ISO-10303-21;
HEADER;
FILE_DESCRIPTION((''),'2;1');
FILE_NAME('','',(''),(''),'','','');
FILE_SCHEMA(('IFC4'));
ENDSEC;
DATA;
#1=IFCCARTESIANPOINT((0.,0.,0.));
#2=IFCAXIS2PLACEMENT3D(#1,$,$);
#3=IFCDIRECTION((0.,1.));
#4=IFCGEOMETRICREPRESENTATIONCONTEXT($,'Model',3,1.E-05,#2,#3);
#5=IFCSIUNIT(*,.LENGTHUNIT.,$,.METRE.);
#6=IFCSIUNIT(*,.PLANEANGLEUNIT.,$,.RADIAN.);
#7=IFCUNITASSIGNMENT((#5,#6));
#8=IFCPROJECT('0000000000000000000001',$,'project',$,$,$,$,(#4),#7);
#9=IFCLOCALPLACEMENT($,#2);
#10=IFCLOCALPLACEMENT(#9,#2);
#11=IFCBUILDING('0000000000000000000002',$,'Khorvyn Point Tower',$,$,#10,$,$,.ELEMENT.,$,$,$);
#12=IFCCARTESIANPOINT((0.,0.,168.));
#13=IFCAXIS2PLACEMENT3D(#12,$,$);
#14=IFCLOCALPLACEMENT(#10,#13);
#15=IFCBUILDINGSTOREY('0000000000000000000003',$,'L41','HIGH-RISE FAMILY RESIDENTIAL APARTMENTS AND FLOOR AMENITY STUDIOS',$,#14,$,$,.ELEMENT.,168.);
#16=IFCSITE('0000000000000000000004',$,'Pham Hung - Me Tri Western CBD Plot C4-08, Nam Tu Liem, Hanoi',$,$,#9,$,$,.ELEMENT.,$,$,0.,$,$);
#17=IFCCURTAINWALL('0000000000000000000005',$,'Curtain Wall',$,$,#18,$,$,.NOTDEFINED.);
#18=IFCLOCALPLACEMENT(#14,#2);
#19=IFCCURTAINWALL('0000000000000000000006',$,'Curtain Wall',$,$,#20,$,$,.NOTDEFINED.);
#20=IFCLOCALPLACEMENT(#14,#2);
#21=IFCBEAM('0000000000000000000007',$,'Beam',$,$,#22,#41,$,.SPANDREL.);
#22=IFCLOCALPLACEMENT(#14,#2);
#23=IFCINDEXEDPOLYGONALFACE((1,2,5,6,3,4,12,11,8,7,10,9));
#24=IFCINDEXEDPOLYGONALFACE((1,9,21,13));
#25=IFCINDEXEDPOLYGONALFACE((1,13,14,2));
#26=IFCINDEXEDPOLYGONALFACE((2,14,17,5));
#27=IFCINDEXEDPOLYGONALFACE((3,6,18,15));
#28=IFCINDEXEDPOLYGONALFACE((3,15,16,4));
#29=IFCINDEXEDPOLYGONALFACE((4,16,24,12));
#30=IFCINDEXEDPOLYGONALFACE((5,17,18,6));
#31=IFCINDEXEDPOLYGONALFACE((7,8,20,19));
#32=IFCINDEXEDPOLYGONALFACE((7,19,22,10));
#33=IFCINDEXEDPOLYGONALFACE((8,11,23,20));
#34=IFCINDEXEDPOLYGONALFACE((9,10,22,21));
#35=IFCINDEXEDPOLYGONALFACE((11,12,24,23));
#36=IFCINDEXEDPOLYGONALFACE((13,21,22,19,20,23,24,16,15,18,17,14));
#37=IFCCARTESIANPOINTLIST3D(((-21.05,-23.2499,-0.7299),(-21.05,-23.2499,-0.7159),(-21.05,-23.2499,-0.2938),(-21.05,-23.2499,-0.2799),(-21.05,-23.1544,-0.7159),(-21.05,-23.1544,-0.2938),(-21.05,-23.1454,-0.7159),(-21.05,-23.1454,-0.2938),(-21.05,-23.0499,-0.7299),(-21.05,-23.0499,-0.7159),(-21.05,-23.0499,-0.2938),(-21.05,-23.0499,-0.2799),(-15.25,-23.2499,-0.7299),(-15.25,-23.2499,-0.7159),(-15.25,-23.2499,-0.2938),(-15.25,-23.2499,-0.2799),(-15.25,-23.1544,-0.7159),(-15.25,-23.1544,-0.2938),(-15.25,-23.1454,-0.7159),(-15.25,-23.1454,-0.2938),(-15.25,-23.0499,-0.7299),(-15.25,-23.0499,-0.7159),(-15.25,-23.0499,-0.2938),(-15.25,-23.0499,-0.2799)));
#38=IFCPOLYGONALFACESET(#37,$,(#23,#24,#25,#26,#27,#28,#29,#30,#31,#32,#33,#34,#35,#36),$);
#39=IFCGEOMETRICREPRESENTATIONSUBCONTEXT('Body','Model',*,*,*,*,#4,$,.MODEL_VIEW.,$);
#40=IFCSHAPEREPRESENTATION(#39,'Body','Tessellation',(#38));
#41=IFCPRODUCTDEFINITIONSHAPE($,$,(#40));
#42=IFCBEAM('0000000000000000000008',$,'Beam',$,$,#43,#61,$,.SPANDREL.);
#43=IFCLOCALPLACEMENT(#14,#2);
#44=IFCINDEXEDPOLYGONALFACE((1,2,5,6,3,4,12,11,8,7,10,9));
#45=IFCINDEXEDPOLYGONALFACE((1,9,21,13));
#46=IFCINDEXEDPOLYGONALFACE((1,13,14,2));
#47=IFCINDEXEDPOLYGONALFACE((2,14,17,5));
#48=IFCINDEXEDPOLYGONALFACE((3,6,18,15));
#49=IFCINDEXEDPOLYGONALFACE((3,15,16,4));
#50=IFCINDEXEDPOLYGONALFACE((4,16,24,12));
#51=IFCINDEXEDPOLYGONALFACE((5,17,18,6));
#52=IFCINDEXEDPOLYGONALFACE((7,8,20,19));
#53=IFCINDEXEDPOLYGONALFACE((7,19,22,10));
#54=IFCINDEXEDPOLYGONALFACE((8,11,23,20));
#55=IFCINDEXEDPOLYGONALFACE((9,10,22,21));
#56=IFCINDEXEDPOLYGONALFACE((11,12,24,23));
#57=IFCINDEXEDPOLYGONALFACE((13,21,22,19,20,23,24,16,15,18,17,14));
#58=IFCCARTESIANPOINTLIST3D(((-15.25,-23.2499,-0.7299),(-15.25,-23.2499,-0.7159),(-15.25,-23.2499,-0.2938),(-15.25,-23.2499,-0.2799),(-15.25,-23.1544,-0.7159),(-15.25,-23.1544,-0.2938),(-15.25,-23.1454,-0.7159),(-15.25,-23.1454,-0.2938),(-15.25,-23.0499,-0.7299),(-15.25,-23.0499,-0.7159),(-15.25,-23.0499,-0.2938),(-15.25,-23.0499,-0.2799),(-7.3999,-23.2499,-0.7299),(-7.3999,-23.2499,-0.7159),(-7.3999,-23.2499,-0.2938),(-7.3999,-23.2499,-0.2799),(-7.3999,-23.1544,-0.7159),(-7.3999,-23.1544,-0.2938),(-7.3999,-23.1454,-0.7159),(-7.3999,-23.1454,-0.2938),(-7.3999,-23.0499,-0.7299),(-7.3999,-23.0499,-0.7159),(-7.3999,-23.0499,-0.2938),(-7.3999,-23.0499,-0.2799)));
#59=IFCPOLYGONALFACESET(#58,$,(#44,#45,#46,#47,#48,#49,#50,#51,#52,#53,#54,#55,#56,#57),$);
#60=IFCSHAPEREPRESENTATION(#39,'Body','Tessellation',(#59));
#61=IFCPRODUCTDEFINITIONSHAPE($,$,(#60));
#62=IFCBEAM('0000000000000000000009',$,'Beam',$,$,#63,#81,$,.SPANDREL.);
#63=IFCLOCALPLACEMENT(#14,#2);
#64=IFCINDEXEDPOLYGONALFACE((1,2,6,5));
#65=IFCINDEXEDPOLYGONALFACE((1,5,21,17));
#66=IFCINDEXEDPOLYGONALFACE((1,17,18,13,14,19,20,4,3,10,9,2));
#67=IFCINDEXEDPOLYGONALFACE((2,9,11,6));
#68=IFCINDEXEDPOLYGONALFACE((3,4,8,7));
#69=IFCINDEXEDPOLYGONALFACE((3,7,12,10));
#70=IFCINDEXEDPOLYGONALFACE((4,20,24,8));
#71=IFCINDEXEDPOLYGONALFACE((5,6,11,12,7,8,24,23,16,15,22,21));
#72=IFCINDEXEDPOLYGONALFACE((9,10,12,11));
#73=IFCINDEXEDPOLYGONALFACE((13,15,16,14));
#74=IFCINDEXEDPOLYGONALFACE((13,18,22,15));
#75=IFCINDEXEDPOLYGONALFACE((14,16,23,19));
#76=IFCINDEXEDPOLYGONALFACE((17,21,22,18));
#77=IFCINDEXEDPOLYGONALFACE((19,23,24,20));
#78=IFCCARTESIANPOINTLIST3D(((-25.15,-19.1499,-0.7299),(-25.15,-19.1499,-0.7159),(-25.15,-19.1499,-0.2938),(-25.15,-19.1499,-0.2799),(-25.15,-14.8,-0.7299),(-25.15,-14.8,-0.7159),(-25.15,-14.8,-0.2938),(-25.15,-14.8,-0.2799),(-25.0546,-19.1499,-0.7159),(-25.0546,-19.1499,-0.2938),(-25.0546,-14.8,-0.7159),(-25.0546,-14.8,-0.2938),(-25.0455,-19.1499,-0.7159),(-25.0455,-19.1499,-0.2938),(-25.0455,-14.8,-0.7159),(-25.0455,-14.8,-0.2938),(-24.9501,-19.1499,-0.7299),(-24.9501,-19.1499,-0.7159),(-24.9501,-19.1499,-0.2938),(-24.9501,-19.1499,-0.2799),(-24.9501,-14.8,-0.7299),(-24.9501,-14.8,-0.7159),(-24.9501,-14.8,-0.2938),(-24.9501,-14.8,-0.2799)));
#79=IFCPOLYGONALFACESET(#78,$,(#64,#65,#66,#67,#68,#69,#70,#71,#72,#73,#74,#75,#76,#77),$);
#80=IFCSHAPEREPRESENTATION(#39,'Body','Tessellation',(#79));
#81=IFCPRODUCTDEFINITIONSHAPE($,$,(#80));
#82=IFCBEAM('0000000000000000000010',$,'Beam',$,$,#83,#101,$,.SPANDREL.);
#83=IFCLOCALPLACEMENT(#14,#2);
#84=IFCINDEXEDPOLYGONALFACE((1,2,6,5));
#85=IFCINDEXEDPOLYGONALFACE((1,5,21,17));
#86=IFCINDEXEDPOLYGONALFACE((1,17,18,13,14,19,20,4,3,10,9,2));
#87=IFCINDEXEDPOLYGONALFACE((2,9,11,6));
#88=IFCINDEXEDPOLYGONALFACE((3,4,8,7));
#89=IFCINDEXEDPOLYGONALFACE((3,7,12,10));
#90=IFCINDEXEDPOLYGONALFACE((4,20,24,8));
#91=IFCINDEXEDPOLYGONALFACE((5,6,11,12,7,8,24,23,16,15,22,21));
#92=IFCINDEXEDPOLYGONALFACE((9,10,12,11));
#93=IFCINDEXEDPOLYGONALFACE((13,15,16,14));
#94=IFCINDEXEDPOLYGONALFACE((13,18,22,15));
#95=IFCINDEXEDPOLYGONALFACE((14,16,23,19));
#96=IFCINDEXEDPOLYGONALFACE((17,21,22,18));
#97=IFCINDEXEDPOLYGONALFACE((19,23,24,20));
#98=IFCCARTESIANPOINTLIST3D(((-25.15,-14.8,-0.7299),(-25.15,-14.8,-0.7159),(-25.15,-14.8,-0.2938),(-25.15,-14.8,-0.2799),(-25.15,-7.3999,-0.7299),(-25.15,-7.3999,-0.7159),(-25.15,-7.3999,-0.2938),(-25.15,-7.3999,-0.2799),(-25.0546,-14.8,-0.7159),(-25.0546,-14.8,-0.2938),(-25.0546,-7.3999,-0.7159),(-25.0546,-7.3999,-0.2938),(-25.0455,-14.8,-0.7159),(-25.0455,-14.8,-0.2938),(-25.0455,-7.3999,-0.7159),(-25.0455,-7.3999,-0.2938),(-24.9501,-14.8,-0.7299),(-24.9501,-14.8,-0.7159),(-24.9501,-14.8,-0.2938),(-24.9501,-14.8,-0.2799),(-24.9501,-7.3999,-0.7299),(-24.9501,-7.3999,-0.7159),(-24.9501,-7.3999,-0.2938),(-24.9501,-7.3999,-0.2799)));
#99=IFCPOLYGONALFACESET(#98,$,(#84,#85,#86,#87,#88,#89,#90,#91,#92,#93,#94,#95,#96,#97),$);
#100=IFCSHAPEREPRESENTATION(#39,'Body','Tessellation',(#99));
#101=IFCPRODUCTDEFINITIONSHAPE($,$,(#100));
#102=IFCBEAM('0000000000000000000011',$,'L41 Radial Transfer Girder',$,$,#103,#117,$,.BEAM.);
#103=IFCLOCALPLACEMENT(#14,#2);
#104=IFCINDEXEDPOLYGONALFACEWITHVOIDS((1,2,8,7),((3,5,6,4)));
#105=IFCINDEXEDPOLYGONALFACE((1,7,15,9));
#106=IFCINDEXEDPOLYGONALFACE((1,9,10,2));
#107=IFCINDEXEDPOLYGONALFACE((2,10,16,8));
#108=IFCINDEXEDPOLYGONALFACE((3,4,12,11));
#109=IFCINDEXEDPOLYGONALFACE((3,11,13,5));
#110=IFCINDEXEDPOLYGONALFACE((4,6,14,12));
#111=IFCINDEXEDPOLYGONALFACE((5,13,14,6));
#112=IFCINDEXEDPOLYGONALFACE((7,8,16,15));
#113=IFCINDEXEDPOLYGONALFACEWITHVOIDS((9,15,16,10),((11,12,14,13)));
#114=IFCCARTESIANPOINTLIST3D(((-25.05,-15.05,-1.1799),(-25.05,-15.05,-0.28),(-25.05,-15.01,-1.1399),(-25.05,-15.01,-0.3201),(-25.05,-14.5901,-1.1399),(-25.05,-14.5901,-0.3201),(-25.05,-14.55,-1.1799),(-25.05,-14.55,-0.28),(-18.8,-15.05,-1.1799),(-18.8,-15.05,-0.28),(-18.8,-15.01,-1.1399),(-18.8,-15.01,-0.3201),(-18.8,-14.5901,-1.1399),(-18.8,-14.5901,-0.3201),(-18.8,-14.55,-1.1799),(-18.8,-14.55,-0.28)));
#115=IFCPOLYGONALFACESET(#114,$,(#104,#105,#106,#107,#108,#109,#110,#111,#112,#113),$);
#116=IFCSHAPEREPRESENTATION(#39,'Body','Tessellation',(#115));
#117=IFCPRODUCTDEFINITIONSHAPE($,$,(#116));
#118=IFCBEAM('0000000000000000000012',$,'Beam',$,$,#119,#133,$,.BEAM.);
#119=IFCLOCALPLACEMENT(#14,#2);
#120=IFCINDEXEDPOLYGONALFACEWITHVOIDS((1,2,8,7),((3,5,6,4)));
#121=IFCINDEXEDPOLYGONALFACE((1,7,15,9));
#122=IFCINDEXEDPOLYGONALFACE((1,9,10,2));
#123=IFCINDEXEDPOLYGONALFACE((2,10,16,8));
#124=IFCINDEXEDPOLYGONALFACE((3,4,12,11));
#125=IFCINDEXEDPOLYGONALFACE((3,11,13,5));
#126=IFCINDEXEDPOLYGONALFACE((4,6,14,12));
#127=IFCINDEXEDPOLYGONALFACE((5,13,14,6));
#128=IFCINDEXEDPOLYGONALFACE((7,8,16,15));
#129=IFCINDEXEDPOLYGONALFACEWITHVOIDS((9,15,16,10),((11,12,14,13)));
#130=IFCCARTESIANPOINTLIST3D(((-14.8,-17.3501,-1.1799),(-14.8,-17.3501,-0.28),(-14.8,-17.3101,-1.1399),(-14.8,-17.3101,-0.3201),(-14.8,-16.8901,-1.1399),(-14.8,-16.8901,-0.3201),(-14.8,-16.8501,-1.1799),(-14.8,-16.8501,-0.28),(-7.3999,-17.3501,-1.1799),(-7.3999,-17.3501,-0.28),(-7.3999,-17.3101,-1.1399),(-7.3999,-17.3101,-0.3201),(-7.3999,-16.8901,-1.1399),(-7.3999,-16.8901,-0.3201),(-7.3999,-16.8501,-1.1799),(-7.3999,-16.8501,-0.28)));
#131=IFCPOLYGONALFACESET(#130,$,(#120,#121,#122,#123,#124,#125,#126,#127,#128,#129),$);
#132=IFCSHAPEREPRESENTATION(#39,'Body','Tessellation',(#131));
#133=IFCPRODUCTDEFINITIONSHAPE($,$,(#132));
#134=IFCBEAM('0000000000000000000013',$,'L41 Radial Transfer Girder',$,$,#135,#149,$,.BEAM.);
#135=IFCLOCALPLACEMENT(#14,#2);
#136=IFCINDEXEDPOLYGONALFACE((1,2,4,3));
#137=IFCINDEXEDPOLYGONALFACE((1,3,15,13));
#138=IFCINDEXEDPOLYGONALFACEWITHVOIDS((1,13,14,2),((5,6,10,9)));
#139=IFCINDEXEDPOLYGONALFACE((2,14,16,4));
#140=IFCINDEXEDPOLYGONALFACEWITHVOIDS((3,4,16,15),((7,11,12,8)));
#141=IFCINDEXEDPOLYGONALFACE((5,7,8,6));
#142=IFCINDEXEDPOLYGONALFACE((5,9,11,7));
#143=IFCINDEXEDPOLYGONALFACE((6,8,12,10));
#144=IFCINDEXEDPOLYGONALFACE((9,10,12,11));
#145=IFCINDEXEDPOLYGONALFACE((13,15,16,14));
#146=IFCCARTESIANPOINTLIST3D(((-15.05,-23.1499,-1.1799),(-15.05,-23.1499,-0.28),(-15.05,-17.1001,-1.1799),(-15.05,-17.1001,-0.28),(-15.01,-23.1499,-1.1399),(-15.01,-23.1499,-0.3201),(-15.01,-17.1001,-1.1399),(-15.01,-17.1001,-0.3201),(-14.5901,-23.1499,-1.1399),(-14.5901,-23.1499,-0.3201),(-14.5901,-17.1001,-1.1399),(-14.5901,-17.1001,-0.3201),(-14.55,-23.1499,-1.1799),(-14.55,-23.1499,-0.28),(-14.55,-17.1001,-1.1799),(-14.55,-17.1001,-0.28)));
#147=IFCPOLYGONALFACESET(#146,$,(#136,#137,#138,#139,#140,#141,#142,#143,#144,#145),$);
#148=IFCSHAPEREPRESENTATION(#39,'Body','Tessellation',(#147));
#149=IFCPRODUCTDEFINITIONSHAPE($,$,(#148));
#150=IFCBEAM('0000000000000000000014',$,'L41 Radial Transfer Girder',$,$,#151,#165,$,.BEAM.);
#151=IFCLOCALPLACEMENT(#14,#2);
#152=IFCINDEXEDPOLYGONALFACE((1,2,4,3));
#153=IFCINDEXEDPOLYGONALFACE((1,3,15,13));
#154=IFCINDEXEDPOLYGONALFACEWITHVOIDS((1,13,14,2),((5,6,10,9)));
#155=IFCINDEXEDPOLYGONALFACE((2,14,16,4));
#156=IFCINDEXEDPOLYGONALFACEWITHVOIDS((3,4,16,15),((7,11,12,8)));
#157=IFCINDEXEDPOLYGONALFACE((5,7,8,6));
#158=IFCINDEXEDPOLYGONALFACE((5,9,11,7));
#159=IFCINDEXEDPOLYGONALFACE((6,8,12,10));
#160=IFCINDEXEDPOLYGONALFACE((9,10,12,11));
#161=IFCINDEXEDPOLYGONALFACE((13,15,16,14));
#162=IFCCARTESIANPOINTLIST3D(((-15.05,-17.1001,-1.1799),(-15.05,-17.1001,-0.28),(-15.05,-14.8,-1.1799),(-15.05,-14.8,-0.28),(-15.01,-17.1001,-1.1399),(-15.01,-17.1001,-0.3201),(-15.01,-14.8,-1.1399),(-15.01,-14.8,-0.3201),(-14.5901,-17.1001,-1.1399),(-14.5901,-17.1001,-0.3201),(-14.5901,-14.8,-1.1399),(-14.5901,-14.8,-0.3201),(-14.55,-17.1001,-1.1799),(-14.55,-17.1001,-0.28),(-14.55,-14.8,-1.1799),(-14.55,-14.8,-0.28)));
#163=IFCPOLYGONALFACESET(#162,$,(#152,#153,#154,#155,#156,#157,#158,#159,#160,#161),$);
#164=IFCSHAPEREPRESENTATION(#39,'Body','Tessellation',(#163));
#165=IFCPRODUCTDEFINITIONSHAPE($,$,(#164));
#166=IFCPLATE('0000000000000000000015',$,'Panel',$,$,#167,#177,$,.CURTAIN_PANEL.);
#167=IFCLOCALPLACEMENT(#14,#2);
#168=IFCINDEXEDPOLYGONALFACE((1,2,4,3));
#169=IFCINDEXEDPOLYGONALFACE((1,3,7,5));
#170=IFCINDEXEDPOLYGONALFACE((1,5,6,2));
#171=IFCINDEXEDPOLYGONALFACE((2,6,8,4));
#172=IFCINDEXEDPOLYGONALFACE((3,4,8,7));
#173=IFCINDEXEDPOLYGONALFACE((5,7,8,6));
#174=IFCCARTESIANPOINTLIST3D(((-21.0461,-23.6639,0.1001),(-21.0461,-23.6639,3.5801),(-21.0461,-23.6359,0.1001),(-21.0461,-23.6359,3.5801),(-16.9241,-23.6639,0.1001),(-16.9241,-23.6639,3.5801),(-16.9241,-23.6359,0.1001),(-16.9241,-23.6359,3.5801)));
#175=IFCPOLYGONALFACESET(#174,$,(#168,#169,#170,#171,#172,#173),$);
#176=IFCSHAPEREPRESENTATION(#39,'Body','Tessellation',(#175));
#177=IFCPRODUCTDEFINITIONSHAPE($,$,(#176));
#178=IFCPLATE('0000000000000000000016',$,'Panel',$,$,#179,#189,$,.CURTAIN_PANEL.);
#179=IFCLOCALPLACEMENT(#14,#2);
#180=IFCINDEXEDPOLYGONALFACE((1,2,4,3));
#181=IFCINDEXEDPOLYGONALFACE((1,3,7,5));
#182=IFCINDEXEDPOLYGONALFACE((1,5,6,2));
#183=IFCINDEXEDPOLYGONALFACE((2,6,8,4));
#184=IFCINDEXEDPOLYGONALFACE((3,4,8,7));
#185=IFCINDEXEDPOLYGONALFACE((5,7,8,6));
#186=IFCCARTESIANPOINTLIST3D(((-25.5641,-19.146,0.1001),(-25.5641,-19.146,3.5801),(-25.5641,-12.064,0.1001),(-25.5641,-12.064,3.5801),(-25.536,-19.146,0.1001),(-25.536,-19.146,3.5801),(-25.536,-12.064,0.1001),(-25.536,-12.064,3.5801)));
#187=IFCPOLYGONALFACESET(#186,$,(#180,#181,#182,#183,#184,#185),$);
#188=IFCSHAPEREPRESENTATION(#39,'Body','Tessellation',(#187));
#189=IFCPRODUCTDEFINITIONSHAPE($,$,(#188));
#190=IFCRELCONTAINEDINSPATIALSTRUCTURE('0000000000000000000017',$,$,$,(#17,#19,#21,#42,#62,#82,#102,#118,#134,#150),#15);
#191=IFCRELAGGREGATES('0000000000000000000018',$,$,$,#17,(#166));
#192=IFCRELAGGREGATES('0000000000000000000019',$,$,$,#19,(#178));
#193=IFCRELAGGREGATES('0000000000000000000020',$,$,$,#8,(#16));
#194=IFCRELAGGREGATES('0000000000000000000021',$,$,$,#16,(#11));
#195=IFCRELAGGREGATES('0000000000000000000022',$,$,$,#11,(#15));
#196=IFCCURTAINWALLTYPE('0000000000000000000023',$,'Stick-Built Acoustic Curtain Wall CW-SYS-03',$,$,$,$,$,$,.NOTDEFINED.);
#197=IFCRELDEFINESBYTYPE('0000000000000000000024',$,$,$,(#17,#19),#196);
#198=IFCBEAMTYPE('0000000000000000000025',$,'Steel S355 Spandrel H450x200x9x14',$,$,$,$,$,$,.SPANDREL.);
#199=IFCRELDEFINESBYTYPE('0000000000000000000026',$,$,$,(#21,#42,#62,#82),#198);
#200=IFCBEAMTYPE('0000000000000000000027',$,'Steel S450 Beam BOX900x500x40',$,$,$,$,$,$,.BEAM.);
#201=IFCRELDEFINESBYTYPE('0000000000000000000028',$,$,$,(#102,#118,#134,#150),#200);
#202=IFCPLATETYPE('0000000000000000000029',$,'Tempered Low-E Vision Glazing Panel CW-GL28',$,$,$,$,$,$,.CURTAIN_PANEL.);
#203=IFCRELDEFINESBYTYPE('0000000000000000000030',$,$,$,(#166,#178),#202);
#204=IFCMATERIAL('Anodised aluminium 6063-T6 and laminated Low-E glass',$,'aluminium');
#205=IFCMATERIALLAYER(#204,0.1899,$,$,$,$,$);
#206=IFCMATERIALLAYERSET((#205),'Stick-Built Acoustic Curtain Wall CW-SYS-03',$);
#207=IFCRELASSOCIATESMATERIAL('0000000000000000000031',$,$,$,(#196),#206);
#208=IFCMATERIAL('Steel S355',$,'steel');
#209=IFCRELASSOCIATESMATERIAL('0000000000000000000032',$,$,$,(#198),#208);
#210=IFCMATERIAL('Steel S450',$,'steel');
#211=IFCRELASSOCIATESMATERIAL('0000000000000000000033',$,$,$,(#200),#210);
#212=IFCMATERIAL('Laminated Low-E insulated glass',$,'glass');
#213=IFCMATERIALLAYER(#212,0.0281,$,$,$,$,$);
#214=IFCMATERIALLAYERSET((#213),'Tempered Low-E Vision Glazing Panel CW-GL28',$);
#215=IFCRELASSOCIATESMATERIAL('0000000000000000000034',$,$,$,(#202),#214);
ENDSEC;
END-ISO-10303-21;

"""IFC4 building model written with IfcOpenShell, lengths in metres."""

from ifc_helpers import new_model, si_unit, direction, frame, origin, origin_2d, place, context, subcontext, project, spatial, rectangle, hollow_rectangle, i_section, extrude, material, layer, layer_set, material_profile, profile_set, type_object, element, aggregate, save


model = new_model("IFC4")

# Units and contexts
model_context = context("Model", 3, precision=1e-05, world=origin(), true_north=direction((0.0, 1.0)))
body_context = subcontext(model_context, "Body", "Model", "MODEL_VIEW")
ifc_project = project(units=[si_unit("LENGTHUNIT", "METRE"), si_unit("PLANEANGLEUNIT", "RADIAN")], contexts=[model_context])

# Site, building, storey
site_placement = place(None, origin())
site = spatial("IfcSite", under=ifc_project, at=site_placement, Name="Pham Hung - Me Tri Western CBD Plot C4-08, Nam Tu Liem, Hanoi", CompositionType="ELEMENT", RefElevation=0.0)
building_placement = place(site_placement, origin())
building = spatial("IfcBuilding", under=site, at=building_placement, Name="Khorvyn Point Tower", CompositionType="ELEMENT")
storey_placement = place(building_placement, frame((0.0, 0.0, 168.0)))
storey = spatial("IfcBuildingStorey", under=building, at=storey_placement, Name="L41", Description="HIGH-RISE FAMILY RESIDENTIAL APARTMENTS AND FLOOR AMENITY STUDIOS", CompositionType="ELEMENT", Elevation=168.0)

# Shared definitions
ifc_material_1 = material(Name="Steel S450", Category="steel")

# Curtain wall
ifc_material_2 = material(Name="Anodised aluminium 6063-T6 and laminated Low-E glass", Category="aluminium")
ifc_layer_1 = layer(ifc_material_2, 0.1899)
ifc_layer_set_1 = layer_set([ifc_layer_1], Name="Stick-Built Acoustic Curtain Wall CW-SYS-03")
curtain_wall_type = type_object("IfcCurtainWallType", Name="Stick-Built Acoustic Curtain Wall CW-SYS-03", PredefinedType="NOTDEFINED", material=ifc_layer_set_1)
curtain_wall_1_placement = place(storey_placement, origin())
curtain_wall_1 = element("IfcCurtainWall", 1, at=curtain_wall_1_placement, inside=storey, type_object=curtain_wall_type, Name="Curtain Wall", PredefinedType="NOTDEFINED")

# Curtain wall
curtain_wall_2_placement = place(storey_placement, origin())
curtain_wall_2 = element("IfcCurtainWall", 2, at=curtain_wall_2_placement, inside=storey, type_object=curtain_wall_type, Name="Curtain Wall", PredefinedType="NOTDEFINED")

# Beams
ifc_material_3 = material(Name="Steel S355", Category="steel")
ifc_material_profile_1 = material_profile(ifc_material_3, i_section(OverallWidth=0.2, OverallDepth=0.45, WebThickness=0.009, FlangeThickness=0.0139, at=origin_2d()))
ifc_profile_set_1 = profile_set([ifc_material_profile_1], Name="Steel S355 H450x200x9x14")
beam_type_1 = type_object("IfcBeamType", Name="Steel S355 Spandrel H450x200x9x14", PredefinedType="SPANDREL", material=ifc_profile_set_1)
beam_1_placement = place(storey_placement, frame((-21.05, -23.1499, -0.5049), z_axis=(1.0, 0.0, 0.0), x_axis=(0.0, 1.0, 0.0)))
element("IfcBeam", 3, at=beam_1_placement, inside=storey, type_object=beam_type_1, Name="Beam", PredefinedType="SPANDREL", context=body_context, shape_type="SweptSolid", body=[
    extrude(i_section(OverallWidth=0.2, OverallDepth=0.45, WebThickness=0.009, FlangeThickness=0.0139, at=origin_2d()), origin(), (0.0, 0.0, 1.0), 5.8),
])
beam_2_placement = place(storey_placement, frame((-15.25, -23.1499, -0.5049), z_axis=(1.0, 0.0, 0.0), x_axis=(0.0, 1.0, 0.0)))
element("IfcBeam", 4, at=beam_2_placement, inside=storey, type_object=beam_type_1, Name="Beam", PredefinedType="SPANDREL", context=body_context, shape_type="SweptSolid", body=[
    extrude(i_section(OverallWidth=0.2, OverallDepth=0.45, WebThickness=0.009, FlangeThickness=0.0139, at=origin_2d()), origin(), (0.0, 0.0, 1.0), 7.8501),
])
beam_3_placement = place(storey_placement, frame((-25.05, -19.1499, -0.5049), z_axis=(0.0, 1.0, 0.0), x_axis=(-1.0, 0.0, 0.0)))
element("IfcBeam", 5, at=beam_3_placement, inside=storey, type_object=beam_type_1, Name="Beam", PredefinedType="SPANDREL", context=body_context, shape_type="SweptSolid", body=[
    extrude(i_section(OverallWidth=0.2, OverallDepth=0.45, WebThickness=0.009, FlangeThickness=0.0139, at=origin_2d()), origin(), (0.0, 0.0, 1.0), 4.3499),
])
beam_4_placement = place(storey_placement, frame((-25.05, -14.8, -0.5049), z_axis=(0.0, 1.0, 0.0), x_axis=(-1.0, 0.0, 0.0)))
element("IfcBeam", 6, at=beam_4_placement, inside=storey, type_object=beam_type_1, Name="Beam", PredefinedType="SPANDREL", context=body_context, shape_type="SweptSolid", body=[
    extrude(i_section(OverallWidth=0.2, OverallDepth=0.45, WebThickness=0.009, FlangeThickness=0.0139, at=origin_2d()), origin(), (0.0, 0.0, 1.0), 7.4001),
])
ifc_material_profile_2 = material_profile(ifc_material_1, hollow_rectangle(XDim=0.5, YDim=0.8999, WallThickness=0.04, at=origin_2d()))
ifc_profile_set_2 = profile_set([ifc_material_profile_2], Name="Steel S450 BOX900x500x40")
beam_type_2 = type_object("IfcBeamType", Name="Steel S450 Beam BOX900x500x40", PredefinedType="BEAM", material=ifc_profile_set_2)
beam_5_placement = place(storey_placement, frame((-25.05, -14.8, -0.73), z_axis=(1.0, 0.0, 0.0), x_axis=(0.0, 1.0, 0.0)))
element("IfcBeam", 7, at=beam_5_placement, inside=storey, type_object=beam_type_2, Name="L41 Radial Transfer Girder", PredefinedType="BEAM", context=body_context, shape_type="SweptSolid", body=[
    extrude(hollow_rectangle(XDim=0.5, YDim=0.8999, WallThickness=0.04, at=origin_2d()), origin(), (0.0, 0.0, 1.0), 6.25),
])
beam_6_placement = place(storey_placement, frame((-14.8, -17.1001, -0.73), z_axis=(1.0, 0.0, 0.0), x_axis=(0.0, 1.0, 0.0)))
element("IfcBeam", 8, at=beam_6_placement, inside=storey, type_object=beam_type_2, Name="Beam", PredefinedType="BEAM", context=body_context, shape_type="SweptSolid", body=[
    extrude(hollow_rectangle(XDim=0.5, YDim=0.8999, WallThickness=0.04, at=origin_2d()), origin(), (0.0, 0.0, 1.0), 7.4001),
])
beam_7_placement = place(storey_placement, frame((-14.8, -23.1499, -0.73), z_axis=(0.0, 1.0, 0.0), x_axis=(-1.0, 0.0, 0.0)))
element("IfcBeam", 9, at=beam_7_placement, inside=storey, type_object=beam_type_2, Name="L41 Radial Transfer Girder", PredefinedType="BEAM", context=body_context, shape_type="SweptSolid", body=[
    extrude(hollow_rectangle(XDim=0.5, YDim=0.8999, WallThickness=0.04, at=origin_2d()), origin(), (0.0, 0.0, 1.0), 6.0498),
])
beam_8_placement = place(storey_placement, frame((-14.8, -17.1001, -0.73), z_axis=(0.0, 1.0, 0.0), x_axis=(-1.0, 0.0, 0.0)))
element("IfcBeam", 10, at=beam_8_placement, inside=storey, type_object=beam_type_2, Name="L41 Radial Transfer Girder", PredefinedType="BEAM", context=body_context, shape_type="SweptSolid", body=[
    extrude(hollow_rectangle(XDim=0.5, YDim=0.8999, WallThickness=0.04, at=origin_2d()), origin(), (0.0, 0.0, 1.0), 2.3),
])

# Plates
ifc_material_4 = material(Name="Laminated Low-E insulated glass", Category="glass")
ifc_layer_2 = layer(ifc_material_4, 0.0281)
ifc_layer_set_2 = layer_set([ifc_layer_2], Name="Tempered Low-E Vision Glazing Panel CW-GL28")
plate_type = type_object("IfcPlateType", Name="Tempered Low-E Vision Glazing Panel CW-GL28", PredefinedType="CURTAIN_PANEL", material=ifc_layer_set_2)
plate_1_placement = place(storey_placement, frame((-18.9851, -23.6499, 0.1001), z_axis=(0.0, 0.0, 1.0), x_axis=(-1.0, 0.0, 0.0)))
plate_1 = element("IfcPlate", 11, at=plate_1_placement, type_object=plate_type, Name="Panel", PredefinedType="CURTAIN_PANEL", context=body_context, shape_type="SweptSolid", body=[
    extrude(rectangle(XDim=4.1221, YDim=0.0281, at=origin_2d()), origin(), (0.0, 0.0, 1.0), 3.48),
])
aggregate(curtain_wall_1, [plate_1])
plate_2_placement = place(storey_placement, frame((-25.55, -15.605, 0.1001), z_axis=(0.0, 0.0, 1.0), x_axis=(0.0, 1.0, 0.0)))
plate_2 = element("IfcPlate", 12, at=plate_2_placement, type_object=plate_type, Name="Panel", PredefinedType="CURTAIN_PANEL", context=body_context, shape_type="SweptSolid", body=[
    extrude(rectangle(XDim=7.082, YDim=0.0281, at=origin_2d()), origin(), (0.0, 0.0, 1.0), 3.48),
])
aggregate(curtain_wall_2, [plate_2])

save(model, "model.ifc")
